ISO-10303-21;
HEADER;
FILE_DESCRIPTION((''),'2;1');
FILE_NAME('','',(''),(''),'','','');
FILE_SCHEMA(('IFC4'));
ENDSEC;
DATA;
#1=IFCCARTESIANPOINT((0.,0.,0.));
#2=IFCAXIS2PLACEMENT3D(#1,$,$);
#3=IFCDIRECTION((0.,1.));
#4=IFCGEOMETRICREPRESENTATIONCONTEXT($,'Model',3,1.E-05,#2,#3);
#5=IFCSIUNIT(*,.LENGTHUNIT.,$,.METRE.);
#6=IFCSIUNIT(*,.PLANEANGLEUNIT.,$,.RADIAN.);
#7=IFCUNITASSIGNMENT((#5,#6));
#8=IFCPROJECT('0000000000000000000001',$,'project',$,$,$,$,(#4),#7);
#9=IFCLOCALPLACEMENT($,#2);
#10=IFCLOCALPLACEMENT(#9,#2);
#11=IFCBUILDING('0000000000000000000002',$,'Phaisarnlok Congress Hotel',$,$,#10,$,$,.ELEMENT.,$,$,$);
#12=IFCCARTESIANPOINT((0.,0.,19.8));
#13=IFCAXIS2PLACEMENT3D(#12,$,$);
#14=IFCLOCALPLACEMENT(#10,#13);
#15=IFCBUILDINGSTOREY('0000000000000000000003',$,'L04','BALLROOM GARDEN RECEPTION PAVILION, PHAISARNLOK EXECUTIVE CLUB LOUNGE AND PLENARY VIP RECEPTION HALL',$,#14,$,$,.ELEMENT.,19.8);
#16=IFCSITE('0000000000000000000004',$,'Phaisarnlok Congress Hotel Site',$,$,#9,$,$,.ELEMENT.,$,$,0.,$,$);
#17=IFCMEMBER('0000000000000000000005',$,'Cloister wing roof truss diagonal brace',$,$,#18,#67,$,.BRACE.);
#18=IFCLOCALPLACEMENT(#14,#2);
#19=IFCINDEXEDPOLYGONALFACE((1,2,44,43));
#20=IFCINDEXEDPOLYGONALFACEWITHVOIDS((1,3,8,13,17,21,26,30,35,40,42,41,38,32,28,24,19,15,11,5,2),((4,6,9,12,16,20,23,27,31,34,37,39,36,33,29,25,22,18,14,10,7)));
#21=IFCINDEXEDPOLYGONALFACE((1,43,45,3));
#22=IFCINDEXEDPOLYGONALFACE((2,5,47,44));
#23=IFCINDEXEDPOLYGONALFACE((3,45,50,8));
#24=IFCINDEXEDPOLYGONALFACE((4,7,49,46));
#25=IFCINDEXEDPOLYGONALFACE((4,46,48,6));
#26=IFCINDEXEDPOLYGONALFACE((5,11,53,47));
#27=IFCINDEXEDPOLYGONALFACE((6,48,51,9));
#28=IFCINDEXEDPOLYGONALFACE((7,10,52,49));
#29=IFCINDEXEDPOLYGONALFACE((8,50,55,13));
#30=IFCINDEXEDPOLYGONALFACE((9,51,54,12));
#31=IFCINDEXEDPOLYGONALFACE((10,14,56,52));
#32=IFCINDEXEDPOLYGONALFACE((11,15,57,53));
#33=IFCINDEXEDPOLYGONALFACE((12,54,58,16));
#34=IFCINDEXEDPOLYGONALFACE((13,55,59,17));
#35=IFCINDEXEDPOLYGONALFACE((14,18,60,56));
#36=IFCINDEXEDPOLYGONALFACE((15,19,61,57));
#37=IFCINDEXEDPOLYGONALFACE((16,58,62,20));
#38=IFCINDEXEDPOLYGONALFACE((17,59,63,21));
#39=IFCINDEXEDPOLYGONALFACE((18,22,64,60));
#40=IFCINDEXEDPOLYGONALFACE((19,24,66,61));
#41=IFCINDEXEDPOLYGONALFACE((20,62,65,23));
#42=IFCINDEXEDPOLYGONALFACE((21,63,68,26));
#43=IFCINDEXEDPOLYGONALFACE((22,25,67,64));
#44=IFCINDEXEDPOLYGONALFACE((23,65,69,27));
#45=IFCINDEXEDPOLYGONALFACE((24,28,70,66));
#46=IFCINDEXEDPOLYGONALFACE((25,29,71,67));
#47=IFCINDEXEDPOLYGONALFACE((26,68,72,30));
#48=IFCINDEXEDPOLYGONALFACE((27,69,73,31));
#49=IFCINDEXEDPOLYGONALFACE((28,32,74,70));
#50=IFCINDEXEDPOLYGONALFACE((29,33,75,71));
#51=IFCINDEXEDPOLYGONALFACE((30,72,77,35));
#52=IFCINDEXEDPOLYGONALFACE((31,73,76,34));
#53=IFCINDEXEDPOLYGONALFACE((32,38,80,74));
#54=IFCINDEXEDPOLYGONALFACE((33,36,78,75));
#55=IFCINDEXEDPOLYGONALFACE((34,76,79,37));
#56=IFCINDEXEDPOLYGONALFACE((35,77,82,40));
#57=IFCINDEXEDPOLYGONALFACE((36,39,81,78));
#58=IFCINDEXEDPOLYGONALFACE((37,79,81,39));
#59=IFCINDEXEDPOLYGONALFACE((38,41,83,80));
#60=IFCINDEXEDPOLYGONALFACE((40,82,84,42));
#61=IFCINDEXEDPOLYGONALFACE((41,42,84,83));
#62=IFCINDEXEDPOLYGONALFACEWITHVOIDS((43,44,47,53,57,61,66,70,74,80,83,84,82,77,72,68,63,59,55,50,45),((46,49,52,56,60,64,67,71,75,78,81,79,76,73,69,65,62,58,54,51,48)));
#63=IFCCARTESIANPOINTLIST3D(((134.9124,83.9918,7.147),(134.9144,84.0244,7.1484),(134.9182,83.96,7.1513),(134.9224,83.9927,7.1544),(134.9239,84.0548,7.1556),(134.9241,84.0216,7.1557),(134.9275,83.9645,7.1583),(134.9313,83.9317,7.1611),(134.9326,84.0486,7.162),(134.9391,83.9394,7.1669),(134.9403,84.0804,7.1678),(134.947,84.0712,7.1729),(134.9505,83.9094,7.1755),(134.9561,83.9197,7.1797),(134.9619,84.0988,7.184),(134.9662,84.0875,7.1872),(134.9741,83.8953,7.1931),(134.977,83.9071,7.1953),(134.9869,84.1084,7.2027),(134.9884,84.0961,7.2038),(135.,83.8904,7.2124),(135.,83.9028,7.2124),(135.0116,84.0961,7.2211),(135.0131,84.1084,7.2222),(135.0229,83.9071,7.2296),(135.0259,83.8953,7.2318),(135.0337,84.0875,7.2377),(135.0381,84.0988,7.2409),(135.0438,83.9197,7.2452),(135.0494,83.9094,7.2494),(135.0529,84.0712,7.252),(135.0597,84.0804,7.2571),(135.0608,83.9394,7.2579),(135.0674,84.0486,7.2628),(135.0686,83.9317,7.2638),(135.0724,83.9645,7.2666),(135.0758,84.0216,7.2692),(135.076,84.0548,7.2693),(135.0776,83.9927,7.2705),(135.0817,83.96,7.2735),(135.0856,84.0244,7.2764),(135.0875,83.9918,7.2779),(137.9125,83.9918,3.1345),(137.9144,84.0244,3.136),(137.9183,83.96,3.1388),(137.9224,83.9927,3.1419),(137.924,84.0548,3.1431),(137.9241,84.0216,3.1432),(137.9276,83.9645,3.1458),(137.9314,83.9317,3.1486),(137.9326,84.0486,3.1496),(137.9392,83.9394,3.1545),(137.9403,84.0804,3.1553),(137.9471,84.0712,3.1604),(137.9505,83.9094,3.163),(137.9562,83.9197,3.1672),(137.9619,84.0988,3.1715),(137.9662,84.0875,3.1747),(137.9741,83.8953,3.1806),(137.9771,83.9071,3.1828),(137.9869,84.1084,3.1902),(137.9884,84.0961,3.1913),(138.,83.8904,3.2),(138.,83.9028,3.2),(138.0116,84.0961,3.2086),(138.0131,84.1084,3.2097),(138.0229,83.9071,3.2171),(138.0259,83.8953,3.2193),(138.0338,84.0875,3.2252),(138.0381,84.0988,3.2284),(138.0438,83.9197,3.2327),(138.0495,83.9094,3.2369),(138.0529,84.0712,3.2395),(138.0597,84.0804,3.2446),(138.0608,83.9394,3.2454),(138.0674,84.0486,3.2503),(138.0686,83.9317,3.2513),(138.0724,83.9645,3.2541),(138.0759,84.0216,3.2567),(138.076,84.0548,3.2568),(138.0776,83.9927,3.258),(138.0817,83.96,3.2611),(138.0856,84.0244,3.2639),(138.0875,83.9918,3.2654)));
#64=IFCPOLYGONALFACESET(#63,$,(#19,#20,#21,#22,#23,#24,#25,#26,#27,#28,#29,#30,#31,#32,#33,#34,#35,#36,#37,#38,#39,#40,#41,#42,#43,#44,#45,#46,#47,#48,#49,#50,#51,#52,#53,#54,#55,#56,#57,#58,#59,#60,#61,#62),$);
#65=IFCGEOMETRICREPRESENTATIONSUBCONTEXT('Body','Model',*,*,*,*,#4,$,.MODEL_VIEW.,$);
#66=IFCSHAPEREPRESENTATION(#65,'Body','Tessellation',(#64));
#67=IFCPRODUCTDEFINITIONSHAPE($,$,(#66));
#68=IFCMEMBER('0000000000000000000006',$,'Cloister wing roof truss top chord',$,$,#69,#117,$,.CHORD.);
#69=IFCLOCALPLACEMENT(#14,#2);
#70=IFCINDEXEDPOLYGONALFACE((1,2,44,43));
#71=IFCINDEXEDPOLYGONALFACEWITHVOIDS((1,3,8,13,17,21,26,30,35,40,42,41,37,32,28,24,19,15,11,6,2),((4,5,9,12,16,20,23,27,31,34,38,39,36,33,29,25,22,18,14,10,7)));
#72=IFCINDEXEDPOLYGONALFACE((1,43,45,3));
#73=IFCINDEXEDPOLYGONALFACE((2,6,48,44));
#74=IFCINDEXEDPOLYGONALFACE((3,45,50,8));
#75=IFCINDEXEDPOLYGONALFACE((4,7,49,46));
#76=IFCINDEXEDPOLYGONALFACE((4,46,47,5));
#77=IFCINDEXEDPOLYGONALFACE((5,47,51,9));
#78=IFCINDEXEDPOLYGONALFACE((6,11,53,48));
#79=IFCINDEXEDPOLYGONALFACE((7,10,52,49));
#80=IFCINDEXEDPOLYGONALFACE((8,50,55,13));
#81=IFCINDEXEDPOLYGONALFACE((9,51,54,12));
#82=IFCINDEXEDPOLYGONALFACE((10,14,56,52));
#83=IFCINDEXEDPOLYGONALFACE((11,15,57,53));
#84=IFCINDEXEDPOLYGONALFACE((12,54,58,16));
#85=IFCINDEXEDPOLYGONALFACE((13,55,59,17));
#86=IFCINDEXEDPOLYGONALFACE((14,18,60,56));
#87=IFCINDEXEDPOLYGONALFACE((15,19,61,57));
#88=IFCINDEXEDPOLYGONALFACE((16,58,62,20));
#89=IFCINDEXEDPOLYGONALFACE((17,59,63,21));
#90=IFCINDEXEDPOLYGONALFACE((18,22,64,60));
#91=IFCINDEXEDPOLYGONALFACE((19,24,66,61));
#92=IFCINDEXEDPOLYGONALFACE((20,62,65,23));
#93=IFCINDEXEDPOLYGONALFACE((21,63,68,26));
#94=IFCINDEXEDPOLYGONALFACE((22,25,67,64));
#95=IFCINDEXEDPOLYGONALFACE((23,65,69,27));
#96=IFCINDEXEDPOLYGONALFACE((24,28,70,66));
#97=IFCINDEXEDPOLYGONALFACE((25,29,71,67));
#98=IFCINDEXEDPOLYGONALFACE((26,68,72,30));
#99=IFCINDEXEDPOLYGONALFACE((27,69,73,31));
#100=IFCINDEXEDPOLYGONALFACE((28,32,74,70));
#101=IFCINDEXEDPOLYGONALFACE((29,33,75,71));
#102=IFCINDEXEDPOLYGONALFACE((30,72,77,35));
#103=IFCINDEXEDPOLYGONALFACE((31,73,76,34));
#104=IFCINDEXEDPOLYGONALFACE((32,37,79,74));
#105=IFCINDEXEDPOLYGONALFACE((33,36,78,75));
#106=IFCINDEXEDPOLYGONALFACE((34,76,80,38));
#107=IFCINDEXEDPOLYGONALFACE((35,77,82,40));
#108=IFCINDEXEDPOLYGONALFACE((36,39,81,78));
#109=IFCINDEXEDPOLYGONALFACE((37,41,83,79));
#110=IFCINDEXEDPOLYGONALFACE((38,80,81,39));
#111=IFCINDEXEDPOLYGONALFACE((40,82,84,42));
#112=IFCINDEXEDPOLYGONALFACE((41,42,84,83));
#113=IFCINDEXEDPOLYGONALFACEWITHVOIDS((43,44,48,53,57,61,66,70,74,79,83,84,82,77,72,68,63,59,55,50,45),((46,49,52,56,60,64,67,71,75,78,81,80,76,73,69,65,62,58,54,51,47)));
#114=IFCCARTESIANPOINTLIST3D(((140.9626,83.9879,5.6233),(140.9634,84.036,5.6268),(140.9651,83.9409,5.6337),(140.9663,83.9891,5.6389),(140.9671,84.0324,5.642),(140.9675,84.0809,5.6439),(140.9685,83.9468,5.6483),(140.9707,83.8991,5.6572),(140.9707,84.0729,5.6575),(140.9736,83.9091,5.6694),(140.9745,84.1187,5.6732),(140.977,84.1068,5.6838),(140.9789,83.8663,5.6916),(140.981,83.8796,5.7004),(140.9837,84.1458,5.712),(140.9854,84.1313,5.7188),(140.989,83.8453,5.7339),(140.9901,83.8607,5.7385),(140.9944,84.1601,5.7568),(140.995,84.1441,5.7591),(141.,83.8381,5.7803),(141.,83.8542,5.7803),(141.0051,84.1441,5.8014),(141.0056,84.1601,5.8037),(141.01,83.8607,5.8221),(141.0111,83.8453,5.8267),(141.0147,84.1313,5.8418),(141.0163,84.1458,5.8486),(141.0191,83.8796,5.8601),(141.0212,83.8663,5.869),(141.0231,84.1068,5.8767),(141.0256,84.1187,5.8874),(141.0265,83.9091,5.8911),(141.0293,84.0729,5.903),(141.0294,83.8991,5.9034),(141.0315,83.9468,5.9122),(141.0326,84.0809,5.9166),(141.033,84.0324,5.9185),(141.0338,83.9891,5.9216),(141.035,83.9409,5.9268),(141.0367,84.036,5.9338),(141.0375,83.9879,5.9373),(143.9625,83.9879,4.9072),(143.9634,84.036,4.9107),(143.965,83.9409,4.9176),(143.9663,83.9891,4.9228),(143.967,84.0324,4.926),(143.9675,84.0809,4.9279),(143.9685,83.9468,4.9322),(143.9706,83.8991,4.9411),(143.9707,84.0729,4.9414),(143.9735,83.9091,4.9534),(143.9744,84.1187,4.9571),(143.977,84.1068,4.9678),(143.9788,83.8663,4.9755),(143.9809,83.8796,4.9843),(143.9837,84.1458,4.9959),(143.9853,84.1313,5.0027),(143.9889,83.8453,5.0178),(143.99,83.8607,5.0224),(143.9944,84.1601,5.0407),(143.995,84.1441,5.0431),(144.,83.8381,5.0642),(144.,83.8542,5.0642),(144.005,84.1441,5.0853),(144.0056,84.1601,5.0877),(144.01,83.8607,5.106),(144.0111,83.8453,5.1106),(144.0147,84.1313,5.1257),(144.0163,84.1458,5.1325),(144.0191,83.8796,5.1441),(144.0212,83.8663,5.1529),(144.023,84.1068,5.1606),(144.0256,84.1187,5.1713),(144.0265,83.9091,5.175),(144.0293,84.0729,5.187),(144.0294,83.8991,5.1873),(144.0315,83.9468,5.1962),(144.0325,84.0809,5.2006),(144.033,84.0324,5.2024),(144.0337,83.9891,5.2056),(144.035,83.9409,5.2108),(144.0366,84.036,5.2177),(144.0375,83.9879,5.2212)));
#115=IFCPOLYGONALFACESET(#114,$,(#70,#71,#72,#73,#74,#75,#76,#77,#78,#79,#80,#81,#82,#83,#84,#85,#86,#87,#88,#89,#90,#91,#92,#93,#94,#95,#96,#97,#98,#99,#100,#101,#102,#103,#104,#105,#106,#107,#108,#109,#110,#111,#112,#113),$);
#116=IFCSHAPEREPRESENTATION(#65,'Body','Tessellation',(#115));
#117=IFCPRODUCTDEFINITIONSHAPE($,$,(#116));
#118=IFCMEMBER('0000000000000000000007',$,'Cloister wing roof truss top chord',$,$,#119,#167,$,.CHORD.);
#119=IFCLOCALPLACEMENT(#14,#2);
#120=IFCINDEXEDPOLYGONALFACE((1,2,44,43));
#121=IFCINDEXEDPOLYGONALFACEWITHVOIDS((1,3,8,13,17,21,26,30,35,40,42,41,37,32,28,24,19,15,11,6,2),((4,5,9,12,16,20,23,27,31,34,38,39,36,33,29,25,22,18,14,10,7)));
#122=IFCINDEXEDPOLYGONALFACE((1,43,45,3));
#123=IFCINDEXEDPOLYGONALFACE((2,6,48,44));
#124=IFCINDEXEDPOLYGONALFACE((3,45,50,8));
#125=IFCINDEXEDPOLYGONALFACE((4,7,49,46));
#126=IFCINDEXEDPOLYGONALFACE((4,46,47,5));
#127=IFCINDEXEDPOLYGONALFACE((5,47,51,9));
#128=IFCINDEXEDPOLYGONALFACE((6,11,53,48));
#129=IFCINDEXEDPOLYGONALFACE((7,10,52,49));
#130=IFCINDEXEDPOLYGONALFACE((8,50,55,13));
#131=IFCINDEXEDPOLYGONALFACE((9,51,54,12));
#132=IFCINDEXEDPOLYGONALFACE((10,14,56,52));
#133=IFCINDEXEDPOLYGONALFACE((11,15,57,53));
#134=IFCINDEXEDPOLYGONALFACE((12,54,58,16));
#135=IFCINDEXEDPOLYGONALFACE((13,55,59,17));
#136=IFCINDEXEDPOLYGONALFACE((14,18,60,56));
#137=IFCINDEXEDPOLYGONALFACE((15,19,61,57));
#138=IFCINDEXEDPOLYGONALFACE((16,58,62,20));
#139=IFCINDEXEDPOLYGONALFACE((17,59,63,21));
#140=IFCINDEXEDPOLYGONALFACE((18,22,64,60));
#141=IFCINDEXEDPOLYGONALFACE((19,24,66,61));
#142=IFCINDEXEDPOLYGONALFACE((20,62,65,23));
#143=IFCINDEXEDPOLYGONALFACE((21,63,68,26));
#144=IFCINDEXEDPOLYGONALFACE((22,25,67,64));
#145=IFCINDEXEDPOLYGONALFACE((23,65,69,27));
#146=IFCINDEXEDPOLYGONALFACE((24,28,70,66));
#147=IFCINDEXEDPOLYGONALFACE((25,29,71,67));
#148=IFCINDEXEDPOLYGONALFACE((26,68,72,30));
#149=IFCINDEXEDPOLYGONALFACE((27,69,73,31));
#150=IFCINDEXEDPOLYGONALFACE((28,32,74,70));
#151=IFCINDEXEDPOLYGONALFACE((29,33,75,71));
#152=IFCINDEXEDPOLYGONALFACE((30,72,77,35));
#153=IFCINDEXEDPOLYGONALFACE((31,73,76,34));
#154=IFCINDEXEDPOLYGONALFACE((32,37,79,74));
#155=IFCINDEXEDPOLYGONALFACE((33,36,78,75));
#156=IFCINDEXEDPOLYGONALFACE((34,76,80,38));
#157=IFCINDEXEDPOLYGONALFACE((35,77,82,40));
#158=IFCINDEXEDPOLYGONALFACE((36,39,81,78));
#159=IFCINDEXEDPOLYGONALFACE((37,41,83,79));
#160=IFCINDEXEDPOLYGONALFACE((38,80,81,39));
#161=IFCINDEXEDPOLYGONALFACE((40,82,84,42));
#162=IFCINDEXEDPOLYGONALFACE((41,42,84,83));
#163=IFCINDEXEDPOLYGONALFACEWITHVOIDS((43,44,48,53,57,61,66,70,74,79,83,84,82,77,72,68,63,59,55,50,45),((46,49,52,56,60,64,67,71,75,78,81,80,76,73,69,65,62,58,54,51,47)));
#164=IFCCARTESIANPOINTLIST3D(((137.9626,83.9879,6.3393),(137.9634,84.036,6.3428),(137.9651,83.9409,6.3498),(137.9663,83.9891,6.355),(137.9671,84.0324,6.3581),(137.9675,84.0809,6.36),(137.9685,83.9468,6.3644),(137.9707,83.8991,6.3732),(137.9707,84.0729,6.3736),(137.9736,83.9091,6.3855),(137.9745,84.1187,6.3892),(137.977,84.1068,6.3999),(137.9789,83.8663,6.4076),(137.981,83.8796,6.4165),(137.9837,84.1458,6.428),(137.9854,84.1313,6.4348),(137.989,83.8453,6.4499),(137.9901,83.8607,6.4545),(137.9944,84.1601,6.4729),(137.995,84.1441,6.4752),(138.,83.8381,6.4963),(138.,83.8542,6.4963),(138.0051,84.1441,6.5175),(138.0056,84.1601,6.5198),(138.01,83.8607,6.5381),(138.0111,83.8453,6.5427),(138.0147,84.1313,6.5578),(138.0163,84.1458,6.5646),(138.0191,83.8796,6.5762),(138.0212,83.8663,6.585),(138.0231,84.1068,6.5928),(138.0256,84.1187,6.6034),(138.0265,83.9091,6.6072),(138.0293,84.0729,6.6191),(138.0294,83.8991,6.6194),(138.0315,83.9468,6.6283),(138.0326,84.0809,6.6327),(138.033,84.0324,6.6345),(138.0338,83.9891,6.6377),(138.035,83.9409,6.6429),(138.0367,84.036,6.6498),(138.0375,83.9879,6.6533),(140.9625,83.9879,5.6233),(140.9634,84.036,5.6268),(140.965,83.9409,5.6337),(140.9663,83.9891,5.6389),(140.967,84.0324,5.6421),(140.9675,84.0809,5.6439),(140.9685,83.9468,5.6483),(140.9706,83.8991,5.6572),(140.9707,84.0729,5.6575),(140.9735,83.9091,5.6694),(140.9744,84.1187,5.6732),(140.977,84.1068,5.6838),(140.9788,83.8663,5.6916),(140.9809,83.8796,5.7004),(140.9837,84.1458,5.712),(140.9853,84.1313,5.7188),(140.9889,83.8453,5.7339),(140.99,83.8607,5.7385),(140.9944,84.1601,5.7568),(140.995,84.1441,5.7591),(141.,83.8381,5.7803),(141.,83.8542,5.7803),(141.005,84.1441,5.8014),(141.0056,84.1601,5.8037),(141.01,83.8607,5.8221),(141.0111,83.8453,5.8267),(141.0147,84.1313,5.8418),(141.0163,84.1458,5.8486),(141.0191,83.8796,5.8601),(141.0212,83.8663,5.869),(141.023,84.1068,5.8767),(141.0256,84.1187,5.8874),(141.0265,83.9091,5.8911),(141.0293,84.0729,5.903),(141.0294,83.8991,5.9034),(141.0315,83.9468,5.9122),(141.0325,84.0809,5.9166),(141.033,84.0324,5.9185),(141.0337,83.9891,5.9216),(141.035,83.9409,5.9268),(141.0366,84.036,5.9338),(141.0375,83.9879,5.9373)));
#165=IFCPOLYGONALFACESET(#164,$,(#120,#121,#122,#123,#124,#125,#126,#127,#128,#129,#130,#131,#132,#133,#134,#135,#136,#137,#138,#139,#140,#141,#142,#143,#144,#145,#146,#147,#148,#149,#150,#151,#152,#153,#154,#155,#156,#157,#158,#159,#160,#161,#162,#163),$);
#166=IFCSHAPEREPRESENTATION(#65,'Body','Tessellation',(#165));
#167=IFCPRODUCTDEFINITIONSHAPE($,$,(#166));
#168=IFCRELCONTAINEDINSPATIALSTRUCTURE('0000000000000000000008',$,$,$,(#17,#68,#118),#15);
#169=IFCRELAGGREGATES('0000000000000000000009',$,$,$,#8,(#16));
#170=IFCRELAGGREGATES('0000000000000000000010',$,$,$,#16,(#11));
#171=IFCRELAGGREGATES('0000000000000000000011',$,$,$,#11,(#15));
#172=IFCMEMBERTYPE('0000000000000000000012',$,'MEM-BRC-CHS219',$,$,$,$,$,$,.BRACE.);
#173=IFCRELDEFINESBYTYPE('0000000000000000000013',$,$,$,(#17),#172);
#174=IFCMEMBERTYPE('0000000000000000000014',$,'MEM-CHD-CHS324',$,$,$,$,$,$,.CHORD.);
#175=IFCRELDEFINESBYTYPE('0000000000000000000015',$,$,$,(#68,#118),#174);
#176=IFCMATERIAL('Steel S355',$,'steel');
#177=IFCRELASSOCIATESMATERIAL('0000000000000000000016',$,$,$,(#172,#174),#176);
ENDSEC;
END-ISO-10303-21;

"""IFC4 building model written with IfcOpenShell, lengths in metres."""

from ifc_helpers import new_model, si_unit, direction, frame, origin, origin_2d, place, context, subcontext, project, spatial, hollow_circle, extrude, material, material_profile, profile_set, type_object, element, save


model = new_model("IFC4")

# Units and contexts
model_context = context("Model", 3, precision=1e-05, world=origin(), true_north=direction((0.0, 1.0)))
body_context = subcontext(model_context, "Body", "Model", "MODEL_VIEW")
ifc_project = project(units=[si_unit("LENGTHUNIT", "METRE"), si_unit("PLANEANGLEUNIT", "RADIAN")], contexts=[model_context])

# Site, building, storey
site_placement = place(None, origin())
site = spatial("IfcSite", under=ifc_project, at=site_placement, Name="Phaisarnlok Congress Hotel Site", CompositionType="ELEMENT", RefElevation=0.0)
building_placement = place(site_placement, origin())
building = spatial("IfcBuilding", under=site, at=building_placement, Name="Phaisarnlok Congress Hotel", CompositionType="ELEMENT")
storey_placement = place(building_placement, frame((0.0, 0.0, 19.8)))
storey = spatial("IfcBuildingStorey", under=building, at=storey_placement, Name="L04", Description="BALLROOM GARDEN RECEPTION PAVILION, PHAISARNLOK EXECUTIVE CLUB LOUNGE AND PLENARY VIP RECEPTION HALL", CompositionType="ELEMENT", Elevation=19.8)

# Shared definitions
ifc_material_1 = material(Name="Steel S355", Category="steel")

# Members
ifc_material_profile_1 = material_profile(ifc_material_1, hollow_circle(Radius=0.1096, WallThickness=0.0125, at=origin_2d()), Name="CHS 219.1x12.5")
ifc_profile_set_1 = profile_set([ifc_material_profile_1], Name="Steel S355")
member_type_1 = type_object("IfcMemberType", Name="MEM-BRC-CHS219", PredefinedType="BRACE", material=ifc_profile_set_1)
member_1_placement = place(storey_placement, frame((138.0, 84.0, 3.2), z_axis=(-0.598806, 0.0, 0.800894), x_axis=(0.0, -1.0, 0.0)))
element("IfcMember", 1, at=member_1_placement, inside=storey, type_object=member_type_1, Name="Cloister wing roof truss diagonal brace", PredefinedType="BRACE", context=body_context, shape_type="SweptSolid", body=[
    extrude(hollow_circle(Radius=0.1096, WallThickness=0.0125, at=origin_2d()), origin(), (0.0, 0.0, 1.0), 5.01),
])
ifc_material_profile_2 = material_profile(ifc_material_1, hollow_circle(Radius=0.1619, WallThickness=0.0161, at=origin_2d()), Name="CHS 323.9x16")
ifc_profile_set_2 = profile_set([ifc_material_profile_2], Name="Steel S355")
member_type_2 = type_object("IfcMemberType", Name="MEM-CHD-CHS324", PredefinedType="CHORD", material=ifc_profile_set_2)
for number, where, z_axis, x_axis, name in (
    (2, (144.0, 84.0, 5.0642), (-0.972676, 0.0, 0.232166), (0.0, -1.0, 0.0), "Cloister wing roof truss top chord"),
    (3, (141.0, 84.0, 5.7803), (-0.972676, 0.0, 0.232166), (0.0, -1.0, 0.0), "Cloister wing roof truss top chord"),
):
    element("IfcMember", number, at=place(storey_placement, frame(where, z_axis=z_axis, x_axis=x_axis)), inside=storey, type_object=member_type_2, Name=name, PredefinedType="CHORD", context=body_context, shape_type="SweptSolid", body=[
        extrude(hollow_circle(Radius=0.1619, WallThickness=0.0161, at=origin_2d()), origin(), (0.0, 0.0, 1.0), 3.0842),
    ])

save(model, "model.ifc")
